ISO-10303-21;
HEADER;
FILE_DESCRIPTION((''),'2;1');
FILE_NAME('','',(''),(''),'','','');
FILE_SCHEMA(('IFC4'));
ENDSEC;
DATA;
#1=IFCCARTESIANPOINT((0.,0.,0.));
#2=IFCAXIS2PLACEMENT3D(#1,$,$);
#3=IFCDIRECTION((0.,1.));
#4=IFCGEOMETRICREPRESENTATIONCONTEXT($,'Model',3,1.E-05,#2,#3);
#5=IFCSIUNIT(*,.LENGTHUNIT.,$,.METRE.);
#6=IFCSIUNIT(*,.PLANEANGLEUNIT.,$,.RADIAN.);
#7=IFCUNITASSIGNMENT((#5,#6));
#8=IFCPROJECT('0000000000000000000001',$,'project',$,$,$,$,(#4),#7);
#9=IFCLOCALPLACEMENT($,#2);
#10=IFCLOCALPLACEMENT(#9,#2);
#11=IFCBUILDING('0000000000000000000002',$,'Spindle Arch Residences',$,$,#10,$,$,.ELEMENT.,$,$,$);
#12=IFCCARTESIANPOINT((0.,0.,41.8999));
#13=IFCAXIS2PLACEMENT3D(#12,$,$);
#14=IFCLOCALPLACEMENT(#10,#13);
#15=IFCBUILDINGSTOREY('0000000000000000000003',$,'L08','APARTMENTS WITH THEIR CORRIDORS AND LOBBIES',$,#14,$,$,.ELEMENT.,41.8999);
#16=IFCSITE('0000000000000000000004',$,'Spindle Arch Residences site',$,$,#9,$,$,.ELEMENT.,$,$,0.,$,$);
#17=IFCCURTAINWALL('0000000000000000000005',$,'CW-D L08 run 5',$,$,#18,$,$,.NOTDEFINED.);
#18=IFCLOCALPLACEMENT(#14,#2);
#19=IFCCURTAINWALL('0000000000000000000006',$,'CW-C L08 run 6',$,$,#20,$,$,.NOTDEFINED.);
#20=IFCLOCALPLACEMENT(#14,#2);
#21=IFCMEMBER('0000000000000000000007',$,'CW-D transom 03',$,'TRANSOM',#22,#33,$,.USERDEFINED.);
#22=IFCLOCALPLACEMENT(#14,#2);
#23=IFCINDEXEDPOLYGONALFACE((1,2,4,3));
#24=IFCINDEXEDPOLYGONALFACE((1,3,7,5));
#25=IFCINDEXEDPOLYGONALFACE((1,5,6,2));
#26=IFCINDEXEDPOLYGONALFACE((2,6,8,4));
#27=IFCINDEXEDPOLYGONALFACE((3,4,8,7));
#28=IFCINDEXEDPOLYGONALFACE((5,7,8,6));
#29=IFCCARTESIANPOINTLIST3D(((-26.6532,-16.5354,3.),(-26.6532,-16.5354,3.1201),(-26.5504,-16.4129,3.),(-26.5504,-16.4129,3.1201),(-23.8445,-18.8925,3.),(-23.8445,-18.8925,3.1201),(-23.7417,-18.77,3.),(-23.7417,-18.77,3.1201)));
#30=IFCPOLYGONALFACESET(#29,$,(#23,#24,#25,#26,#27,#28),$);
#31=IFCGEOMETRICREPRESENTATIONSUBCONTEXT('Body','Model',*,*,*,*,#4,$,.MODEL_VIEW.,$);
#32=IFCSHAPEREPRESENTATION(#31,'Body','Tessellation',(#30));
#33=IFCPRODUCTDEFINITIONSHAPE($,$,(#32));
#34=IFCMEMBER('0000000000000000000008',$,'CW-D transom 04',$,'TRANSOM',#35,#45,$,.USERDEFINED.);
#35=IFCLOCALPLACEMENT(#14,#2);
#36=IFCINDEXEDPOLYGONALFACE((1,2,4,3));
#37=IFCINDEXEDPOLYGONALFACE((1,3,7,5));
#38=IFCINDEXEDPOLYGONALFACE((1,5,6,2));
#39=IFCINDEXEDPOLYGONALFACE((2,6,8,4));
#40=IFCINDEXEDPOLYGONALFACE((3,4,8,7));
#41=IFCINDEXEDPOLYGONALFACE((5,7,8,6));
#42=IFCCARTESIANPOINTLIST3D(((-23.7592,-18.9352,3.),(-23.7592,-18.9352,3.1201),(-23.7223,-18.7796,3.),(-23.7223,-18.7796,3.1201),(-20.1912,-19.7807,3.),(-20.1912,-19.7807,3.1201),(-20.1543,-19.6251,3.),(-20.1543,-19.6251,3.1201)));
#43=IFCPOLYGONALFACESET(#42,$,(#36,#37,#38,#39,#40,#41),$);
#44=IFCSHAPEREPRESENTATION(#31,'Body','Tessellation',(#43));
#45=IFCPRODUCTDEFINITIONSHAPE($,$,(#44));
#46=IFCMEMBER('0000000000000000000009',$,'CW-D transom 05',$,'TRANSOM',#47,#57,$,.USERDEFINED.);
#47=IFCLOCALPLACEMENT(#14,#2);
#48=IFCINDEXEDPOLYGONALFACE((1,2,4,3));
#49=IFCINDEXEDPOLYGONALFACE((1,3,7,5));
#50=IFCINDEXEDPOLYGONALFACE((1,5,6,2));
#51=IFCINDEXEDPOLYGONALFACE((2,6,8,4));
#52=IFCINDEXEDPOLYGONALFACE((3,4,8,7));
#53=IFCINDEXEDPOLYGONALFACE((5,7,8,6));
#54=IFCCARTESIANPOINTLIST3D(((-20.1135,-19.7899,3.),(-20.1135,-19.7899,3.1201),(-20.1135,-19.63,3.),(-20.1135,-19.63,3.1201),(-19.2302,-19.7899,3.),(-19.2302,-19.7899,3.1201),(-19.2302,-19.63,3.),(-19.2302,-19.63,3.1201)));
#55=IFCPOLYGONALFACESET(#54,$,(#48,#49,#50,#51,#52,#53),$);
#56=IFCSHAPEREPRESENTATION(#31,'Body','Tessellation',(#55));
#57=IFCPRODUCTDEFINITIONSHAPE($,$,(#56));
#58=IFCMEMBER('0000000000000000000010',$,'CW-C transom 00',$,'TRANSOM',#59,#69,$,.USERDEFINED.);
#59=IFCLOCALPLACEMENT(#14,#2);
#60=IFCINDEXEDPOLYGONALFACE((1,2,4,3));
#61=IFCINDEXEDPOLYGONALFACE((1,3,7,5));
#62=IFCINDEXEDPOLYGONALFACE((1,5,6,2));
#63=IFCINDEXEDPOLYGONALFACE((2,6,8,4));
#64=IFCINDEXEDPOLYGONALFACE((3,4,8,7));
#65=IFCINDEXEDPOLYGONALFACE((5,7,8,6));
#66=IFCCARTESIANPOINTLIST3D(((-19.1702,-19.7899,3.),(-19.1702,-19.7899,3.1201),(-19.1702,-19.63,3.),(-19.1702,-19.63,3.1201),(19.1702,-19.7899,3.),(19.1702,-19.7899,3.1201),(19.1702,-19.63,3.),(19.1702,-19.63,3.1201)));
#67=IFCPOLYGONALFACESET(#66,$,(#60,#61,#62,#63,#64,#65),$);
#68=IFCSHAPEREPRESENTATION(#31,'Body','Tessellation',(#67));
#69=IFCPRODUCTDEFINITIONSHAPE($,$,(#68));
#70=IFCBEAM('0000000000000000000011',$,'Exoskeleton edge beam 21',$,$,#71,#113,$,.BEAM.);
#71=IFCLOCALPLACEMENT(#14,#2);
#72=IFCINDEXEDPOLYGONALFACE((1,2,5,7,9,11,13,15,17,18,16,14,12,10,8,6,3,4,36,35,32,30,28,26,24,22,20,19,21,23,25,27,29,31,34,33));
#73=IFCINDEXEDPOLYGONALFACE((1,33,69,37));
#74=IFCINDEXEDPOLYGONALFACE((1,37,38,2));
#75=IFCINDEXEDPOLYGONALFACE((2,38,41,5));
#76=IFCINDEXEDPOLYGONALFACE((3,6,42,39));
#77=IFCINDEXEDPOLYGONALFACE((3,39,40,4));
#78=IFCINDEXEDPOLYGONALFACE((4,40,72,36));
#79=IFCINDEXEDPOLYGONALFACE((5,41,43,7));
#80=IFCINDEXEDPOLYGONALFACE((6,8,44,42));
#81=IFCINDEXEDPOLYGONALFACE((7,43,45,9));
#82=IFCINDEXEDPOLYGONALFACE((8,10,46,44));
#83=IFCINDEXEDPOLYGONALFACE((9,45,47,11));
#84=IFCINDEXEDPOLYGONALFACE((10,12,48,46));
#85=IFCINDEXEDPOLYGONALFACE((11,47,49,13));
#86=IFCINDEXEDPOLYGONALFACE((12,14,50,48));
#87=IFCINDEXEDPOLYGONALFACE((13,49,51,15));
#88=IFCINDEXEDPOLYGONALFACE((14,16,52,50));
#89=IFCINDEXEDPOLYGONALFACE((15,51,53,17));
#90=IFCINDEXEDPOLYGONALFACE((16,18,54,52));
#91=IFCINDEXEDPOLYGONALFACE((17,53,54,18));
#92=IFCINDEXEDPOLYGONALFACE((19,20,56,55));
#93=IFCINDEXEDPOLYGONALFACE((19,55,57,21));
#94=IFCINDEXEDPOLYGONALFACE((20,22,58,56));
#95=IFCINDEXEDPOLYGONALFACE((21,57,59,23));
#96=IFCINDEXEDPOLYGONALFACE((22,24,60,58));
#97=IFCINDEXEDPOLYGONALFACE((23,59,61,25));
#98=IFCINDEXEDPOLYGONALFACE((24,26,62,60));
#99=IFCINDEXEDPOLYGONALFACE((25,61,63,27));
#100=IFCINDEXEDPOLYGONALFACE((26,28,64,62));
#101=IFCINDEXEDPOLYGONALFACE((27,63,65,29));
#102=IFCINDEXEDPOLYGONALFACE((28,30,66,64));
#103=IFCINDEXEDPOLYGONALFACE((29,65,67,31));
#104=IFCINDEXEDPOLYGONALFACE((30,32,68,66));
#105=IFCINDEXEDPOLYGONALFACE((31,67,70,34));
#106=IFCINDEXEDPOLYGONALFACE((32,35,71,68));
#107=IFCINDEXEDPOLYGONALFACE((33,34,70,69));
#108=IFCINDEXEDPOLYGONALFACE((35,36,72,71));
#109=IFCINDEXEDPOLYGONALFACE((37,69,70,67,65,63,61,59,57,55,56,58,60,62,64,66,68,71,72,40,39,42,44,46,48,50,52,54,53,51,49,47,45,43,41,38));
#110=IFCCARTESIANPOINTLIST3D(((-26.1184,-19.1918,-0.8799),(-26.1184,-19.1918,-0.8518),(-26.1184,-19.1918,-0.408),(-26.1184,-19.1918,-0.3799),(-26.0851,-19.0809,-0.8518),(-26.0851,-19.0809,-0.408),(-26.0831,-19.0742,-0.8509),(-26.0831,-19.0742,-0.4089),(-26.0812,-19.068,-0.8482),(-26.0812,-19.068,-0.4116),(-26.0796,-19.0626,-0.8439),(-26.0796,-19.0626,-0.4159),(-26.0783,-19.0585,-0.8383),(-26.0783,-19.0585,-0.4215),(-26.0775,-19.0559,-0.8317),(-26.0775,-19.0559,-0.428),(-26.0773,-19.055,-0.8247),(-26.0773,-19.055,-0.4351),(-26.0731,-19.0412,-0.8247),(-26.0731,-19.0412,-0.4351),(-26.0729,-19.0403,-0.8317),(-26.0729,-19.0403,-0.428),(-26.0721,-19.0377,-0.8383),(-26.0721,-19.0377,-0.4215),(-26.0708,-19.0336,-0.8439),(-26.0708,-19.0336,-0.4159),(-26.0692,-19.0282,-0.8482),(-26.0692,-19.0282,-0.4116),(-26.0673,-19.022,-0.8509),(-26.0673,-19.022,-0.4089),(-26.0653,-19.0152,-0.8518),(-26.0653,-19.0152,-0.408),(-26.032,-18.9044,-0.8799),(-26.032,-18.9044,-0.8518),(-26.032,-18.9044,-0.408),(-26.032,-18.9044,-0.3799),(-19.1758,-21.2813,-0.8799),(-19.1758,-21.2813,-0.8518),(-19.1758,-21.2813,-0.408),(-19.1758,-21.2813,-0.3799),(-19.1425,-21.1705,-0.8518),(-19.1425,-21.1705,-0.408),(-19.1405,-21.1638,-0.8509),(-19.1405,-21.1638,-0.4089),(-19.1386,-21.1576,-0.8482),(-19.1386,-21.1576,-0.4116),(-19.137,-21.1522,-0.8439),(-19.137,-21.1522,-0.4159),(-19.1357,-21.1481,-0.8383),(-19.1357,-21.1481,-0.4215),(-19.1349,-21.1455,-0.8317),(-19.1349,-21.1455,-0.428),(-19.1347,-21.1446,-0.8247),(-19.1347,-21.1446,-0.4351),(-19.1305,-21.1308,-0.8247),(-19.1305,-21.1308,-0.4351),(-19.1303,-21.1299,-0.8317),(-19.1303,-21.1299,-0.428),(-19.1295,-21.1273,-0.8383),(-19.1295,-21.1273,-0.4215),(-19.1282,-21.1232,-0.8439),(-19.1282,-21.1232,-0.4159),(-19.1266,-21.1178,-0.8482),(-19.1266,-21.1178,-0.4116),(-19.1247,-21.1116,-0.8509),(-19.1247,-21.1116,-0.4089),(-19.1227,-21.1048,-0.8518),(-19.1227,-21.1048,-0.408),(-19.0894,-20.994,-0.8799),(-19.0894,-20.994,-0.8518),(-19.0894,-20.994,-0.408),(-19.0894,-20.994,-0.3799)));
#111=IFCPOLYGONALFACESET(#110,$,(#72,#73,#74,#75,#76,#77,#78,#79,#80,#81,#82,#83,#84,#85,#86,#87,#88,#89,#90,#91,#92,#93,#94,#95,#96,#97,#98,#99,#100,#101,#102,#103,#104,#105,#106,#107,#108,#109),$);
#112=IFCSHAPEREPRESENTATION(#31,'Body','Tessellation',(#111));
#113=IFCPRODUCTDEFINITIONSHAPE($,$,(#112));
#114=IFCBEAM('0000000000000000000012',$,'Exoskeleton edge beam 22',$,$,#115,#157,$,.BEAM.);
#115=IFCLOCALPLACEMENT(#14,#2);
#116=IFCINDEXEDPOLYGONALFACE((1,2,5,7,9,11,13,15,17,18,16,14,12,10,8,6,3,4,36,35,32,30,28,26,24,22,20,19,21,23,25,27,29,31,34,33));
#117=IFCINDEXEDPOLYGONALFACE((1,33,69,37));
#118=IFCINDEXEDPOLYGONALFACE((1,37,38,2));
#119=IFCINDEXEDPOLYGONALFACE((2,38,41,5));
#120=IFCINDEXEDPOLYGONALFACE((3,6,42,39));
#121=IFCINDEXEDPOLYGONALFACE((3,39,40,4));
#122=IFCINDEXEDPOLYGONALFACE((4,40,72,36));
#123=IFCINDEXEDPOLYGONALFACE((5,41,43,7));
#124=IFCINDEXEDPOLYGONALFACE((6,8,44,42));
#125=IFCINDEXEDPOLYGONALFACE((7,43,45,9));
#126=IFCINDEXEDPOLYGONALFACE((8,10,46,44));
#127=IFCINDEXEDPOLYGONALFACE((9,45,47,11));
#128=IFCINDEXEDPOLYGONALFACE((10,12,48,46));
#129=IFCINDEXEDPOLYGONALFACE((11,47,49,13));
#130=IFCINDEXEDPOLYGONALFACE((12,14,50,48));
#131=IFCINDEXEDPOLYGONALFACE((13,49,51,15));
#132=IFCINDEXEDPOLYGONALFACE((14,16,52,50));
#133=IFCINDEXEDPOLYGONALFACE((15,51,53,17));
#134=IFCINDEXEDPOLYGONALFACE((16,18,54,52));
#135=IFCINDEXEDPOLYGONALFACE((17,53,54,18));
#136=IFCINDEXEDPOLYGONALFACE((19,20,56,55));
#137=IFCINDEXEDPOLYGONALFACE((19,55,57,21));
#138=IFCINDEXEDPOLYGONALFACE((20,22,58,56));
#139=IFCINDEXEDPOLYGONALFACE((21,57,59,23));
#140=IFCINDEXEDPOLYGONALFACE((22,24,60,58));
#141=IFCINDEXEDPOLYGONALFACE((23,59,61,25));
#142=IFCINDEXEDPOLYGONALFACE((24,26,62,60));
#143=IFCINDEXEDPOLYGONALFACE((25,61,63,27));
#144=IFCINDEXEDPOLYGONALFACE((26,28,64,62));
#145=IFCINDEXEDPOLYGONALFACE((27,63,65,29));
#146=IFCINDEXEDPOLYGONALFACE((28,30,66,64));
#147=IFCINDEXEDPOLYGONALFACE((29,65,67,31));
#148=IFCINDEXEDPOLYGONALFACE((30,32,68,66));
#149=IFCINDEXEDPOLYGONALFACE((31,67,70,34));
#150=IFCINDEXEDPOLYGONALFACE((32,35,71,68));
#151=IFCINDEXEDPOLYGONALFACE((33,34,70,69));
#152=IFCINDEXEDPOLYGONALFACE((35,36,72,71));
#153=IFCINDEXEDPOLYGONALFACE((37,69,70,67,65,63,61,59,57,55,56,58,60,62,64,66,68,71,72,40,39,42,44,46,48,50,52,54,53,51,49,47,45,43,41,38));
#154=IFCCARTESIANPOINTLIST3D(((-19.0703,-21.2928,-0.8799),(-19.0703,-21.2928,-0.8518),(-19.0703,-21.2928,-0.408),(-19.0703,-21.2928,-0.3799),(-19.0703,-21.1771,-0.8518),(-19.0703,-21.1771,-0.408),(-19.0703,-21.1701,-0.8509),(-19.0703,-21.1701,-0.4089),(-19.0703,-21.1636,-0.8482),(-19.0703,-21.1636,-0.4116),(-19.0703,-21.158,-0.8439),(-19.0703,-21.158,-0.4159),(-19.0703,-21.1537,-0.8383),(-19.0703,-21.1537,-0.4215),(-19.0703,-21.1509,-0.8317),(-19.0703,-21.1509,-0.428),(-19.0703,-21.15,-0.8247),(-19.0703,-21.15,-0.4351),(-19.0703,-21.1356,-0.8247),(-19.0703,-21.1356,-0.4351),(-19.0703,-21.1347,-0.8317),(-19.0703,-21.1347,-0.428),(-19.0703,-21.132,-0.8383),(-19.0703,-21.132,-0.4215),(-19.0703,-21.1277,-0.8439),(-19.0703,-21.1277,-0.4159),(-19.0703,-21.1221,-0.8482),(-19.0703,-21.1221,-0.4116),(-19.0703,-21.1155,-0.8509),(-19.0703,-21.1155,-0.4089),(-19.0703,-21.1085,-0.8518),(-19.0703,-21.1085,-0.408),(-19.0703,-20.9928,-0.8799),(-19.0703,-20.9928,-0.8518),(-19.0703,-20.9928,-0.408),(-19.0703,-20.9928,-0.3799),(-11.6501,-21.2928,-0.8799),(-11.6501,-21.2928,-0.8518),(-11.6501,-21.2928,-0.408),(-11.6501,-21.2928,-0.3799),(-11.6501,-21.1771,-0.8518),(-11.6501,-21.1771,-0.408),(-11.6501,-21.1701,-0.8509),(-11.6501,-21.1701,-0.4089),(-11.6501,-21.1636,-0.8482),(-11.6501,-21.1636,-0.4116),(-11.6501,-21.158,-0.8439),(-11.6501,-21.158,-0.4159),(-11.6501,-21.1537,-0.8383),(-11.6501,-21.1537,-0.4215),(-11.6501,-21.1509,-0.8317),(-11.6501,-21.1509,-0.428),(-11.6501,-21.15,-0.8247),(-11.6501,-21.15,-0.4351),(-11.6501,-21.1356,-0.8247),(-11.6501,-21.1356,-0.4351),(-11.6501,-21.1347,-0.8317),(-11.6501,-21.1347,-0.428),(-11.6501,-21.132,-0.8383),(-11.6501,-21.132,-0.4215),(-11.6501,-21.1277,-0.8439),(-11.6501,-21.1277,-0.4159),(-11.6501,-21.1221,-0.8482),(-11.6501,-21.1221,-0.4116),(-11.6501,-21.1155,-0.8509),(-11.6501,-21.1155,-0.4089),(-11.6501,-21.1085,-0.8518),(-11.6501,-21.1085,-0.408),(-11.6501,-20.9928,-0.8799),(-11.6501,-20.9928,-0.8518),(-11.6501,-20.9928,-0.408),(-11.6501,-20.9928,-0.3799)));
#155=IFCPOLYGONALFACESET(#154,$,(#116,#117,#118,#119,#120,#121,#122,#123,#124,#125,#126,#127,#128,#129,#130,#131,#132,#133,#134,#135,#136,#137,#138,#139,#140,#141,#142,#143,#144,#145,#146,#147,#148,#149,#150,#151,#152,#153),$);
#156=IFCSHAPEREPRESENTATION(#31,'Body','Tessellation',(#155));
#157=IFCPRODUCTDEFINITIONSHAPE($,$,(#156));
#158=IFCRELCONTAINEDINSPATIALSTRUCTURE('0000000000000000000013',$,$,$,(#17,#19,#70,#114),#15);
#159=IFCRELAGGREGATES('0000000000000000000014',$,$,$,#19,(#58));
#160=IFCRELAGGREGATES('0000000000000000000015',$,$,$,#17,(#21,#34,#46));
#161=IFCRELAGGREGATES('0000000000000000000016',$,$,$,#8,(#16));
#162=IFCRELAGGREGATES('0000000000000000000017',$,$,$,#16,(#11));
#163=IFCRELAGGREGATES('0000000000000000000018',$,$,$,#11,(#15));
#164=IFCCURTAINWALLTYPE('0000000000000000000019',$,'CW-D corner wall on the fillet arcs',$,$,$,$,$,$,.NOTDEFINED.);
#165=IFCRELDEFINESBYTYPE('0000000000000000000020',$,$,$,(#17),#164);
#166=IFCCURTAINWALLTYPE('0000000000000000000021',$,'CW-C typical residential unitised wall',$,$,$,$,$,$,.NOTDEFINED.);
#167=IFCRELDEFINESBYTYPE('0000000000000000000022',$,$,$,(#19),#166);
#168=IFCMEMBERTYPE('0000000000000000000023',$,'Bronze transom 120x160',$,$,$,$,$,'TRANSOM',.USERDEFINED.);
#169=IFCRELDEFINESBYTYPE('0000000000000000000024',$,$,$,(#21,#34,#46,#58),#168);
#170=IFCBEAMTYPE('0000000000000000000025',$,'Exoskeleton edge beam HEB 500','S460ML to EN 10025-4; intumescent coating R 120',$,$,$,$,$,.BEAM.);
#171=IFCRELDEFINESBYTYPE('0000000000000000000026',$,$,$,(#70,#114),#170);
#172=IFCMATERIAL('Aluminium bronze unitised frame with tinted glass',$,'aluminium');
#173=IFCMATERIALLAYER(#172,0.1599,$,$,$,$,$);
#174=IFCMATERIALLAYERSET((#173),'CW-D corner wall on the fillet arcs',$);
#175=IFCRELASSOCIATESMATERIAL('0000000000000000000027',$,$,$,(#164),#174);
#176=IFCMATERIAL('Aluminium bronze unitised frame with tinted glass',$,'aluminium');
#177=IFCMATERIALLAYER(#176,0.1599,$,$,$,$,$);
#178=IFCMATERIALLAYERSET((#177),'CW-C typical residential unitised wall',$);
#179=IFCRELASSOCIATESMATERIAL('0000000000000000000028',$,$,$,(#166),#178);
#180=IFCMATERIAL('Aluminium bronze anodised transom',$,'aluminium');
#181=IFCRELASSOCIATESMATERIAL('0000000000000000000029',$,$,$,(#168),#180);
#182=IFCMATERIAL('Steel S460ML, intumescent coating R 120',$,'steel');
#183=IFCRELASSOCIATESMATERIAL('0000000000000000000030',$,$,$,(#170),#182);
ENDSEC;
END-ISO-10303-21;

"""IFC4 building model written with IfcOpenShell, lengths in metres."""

from ifc_helpers import new_model, si_unit, direction, frame, origin, origin_2d, place, context, subcontext, project, spatial, rectangle, i_section, extrude, material, layer, layer_set, material_profile, profile_set, type_object, element, aggregate, save


model = new_model("IFC4")

# Units and contexts
model_context = context("Model", 3, precision=1e-05, world=origin(), true_north=direction((0.0, 1.0)))
body_context = subcontext(model_context, "Body", "Model", "MODEL_VIEW")
ifc_project = project(units=[si_unit("LENGTHUNIT", "METRE"), si_unit("PLANEANGLEUNIT", "RADIAN")], contexts=[model_context])

# Site, building, storey
site_placement = place(None, origin())
site = spatial("IfcSite", under=ifc_project, at=site_placement, Name="Spindle Arch Residences site", CompositionType="ELEMENT", RefElevation=0.0)
building_placement = place(site_placement, origin())
building = spatial("IfcBuilding", under=site, at=building_placement, Name="Spindle Arch Residences", CompositionType="ELEMENT")
storey_placement = place(building_placement, frame((0.0, 0.0, 41.8999)))
storey = spatial("IfcBuildingStorey", under=building, at=storey_placement, Name="L08", Description="APARTMENTS WITH THEIR CORRIDORS AND LOBBIES", CompositionType="ELEMENT", Elevation=41.8999)

# Curtain wall
ifc_material_1 = material(Name="Aluminium bronze unitised frame with tinted glass", Category="aluminium")
ifc_layer_1 = layer(ifc_material_1, 0.1599)
ifc_layer_set_1 = layer_set([ifc_layer_1], Name="CW-D corner wall on the fillet arcs")
curtain_wall_type_1 = type_object("IfcCurtainWallType", Name="CW-D corner wall on the fillet arcs", PredefinedType="NOTDEFINED", material=ifc_layer_set_1)
curtain_wall_1_placement = place(storey_placement, origin())
curtain_wall_1 = element("IfcCurtainWall", 1, at=curtain_wall_1_placement, inside=storey, type_object=curtain_wall_type_1, Name="CW-D L08 run 5", PredefinedType="NOTDEFINED")

# Curtain wall
ifc_material_2 = material(Name="Aluminium bronze unitised frame with tinted glass", Category="aluminium")
ifc_layer_2 = layer(ifc_material_2, 0.1599)
ifc_layer_set_2 = layer_set([ifc_layer_2], Name="CW-C typical residential unitised wall")
curtain_wall_type_2 = type_object("IfcCurtainWallType", Name="CW-C typical residential unitised wall", PredefinedType="NOTDEFINED", material=ifc_layer_set_2)
curtain_wall_2_placement = place(storey_placement, origin())
curtain_wall_2 = element("IfcCurtainWall", 2, at=curtain_wall_2_placement, inside=storey, type_object=curtain_wall_type_2, Name="CW-C L08 run 6", PredefinedType="NOTDEFINED")

# Members
ifc_material_3 = material(Name="Aluminium bronze anodised transom", Category="aluminium")
ifc_material_profile_1 = material_profile(ifc_material_3, rectangle(XDim=0.1599, YDim=0.1201, at=origin_2d()), Name="TR 120x160")
ifc_profile_set_1 = profile_set([ifc_material_profile_1], Name="Aluminium bronze anodised transom")
member_type_1 = type_object("IfcMemberType", Name="Bronze transom 120x160", ElementType="TRANSOM", PredefinedType="USERDEFINED", material=ifc_profile_set_1)
member_1_placement = place(storey_placement, frame((-26.6018, -16.4741, 3.0601), z_axis=(0.766006, -0.642833, 0.0), x_axis=(0.642833, 0.766006, 0.0)))
member_1 = element("IfcMember", 3, at=member_1_placement, type_object=member_type_1, Name="CW-D transom 03", ObjectType="TRANSOM", PredefinedType="USERDEFINED", context=body_context, shape_type="SweptSolid", body=[
    extrude(rectangle(XDim=0.1599, YDim=0.1201, at=origin_2d()), origin(), (0.0, 0.0, 1.0), 3.6667),
])
member_2_placement = place(storey_placement, frame((-23.7407, -18.8574, 3.0601), z_axis=(0.973054, -0.230579, 0.0), x_axis=(0.230579, 0.973054, 0.0)))
member_2 = element("IfcMember", 4, at=member_2_placement, type_object=member_type_1, Name="CW-D transom 04", ObjectType="TRANSOM", PredefinedType="USERDEFINED", context=body_context, shape_type="SweptSolid", body=[
    extrude(rectangle(XDim=0.1599, YDim=0.1201, at=origin_2d()), origin(), (0.0, 0.0, 1.0), 3.6667),
])
member_3_placement = place(storey_placement, frame((-20.1135, -19.71, 3.0601), z_axis=(1.0, 0.0, 0.0), x_axis=(0.0, 1.0, 0.0)))
member_3 = element("IfcMember", 5, at=member_3_placement, type_object=member_type_1, Name="CW-D transom 05", ObjectType="TRANSOM", PredefinedType="USERDEFINED", context=body_context, shape_type="SweptSolid", body=[
    extrude(rectangle(XDim=0.1599, YDim=0.1201, at=origin_2d()), origin(), (0.0, 0.0, 1.0), 0.8833),
])
member_4_placement = place(storey_placement, frame((-19.1702, -19.71, 3.0601), z_axis=(1.0, 0.0, 0.0), x_axis=(0.0, 1.0, 0.0)))
member_4 = element("IfcMember", 6, at=member_4_placement, type_object=member_type_1, Name="CW-C transom 00", ObjectType="TRANSOM", PredefinedType="USERDEFINED", context=body_context, shape_type="SweptSolid", body=[
    extrude(rectangle(XDim=0.1599, YDim=0.1201, at=origin_2d()), origin(), (0.0, 0.0, 1.0), 38.3403),
])
aggregate(curtain_wall_2, [member_4])

# Beams
ifc_material_4 = material(Name="Steel S460ML, intumescent coating R 120", Category="steel")
ifc_material_profile_2 = material_profile(ifc_material_4, i_section(OverallWidth=0.3, OverallDepth=0.5, WebThickness=0.0144, FlangeThickness=0.0281, FilletRadius=0.0271, at=origin_2d()), Name="HEB 500")
ifc_profile_set_2 = profile_set([ifc_material_profile_2], Name="Steel S460ML, intumescent coating R 120")
beam_type_1 = type_object("IfcBeamType", Name="Exoskeleton edge beam HEB 500", Description="S460ML to EN 10025-4; intumescent coating R 120", PredefinedType="BEAM", material=ifc_profile_set_2)
beam_1_placement = place(storey_placement, frame((-26.0752, -19.0481, -0.6299), z_axis=(0.957567, -0.28821, 0.0), x_axis=(0.28821, 0.957567, 0.0)))
element("IfcBeam", 7, at=beam_1_placement, inside=storey, type_object=beam_type_1, Name="Exoskeleton edge beam 21", PredefinedType="BEAM", context=body_context, shape_type="SweptSolid", body=[
    extrude(i_section(OverallWidth=0.3, OverallDepth=0.5, WebThickness=0.0144, FlangeThickness=0.0281, FilletRadius=0.0271, at=origin_2d()), origin(), (0.0, 0.0, 1.0), 7.2502),
])
beam_2_placement = place(storey_placement, frame((-19.0703, -21.1428, -0.6299), z_axis=(1.0, 0.0, 0.0), x_axis=(0.0, 1.0, 0.0)))
element("IfcBeam", 8, at=beam_2_placement, inside=storey, type_object=beam_type_1, Name="Exoskeleton edge beam 22", PredefinedType="BEAM", context=body_context, shape_type="SweptSolid", body=[
    extrude(i_section(OverallWidth=0.3, OverallDepth=0.5, WebThickness=0.0144, FlangeThickness=0.0281, FilletRadius=0.0271, at=origin_2d()), origin(), (0.0, 0.0, 1.0), 7.4202),
])

aggregate(curtain_wall_1, [member_1, member_2, member_3])

save(model, "model.ifc")
